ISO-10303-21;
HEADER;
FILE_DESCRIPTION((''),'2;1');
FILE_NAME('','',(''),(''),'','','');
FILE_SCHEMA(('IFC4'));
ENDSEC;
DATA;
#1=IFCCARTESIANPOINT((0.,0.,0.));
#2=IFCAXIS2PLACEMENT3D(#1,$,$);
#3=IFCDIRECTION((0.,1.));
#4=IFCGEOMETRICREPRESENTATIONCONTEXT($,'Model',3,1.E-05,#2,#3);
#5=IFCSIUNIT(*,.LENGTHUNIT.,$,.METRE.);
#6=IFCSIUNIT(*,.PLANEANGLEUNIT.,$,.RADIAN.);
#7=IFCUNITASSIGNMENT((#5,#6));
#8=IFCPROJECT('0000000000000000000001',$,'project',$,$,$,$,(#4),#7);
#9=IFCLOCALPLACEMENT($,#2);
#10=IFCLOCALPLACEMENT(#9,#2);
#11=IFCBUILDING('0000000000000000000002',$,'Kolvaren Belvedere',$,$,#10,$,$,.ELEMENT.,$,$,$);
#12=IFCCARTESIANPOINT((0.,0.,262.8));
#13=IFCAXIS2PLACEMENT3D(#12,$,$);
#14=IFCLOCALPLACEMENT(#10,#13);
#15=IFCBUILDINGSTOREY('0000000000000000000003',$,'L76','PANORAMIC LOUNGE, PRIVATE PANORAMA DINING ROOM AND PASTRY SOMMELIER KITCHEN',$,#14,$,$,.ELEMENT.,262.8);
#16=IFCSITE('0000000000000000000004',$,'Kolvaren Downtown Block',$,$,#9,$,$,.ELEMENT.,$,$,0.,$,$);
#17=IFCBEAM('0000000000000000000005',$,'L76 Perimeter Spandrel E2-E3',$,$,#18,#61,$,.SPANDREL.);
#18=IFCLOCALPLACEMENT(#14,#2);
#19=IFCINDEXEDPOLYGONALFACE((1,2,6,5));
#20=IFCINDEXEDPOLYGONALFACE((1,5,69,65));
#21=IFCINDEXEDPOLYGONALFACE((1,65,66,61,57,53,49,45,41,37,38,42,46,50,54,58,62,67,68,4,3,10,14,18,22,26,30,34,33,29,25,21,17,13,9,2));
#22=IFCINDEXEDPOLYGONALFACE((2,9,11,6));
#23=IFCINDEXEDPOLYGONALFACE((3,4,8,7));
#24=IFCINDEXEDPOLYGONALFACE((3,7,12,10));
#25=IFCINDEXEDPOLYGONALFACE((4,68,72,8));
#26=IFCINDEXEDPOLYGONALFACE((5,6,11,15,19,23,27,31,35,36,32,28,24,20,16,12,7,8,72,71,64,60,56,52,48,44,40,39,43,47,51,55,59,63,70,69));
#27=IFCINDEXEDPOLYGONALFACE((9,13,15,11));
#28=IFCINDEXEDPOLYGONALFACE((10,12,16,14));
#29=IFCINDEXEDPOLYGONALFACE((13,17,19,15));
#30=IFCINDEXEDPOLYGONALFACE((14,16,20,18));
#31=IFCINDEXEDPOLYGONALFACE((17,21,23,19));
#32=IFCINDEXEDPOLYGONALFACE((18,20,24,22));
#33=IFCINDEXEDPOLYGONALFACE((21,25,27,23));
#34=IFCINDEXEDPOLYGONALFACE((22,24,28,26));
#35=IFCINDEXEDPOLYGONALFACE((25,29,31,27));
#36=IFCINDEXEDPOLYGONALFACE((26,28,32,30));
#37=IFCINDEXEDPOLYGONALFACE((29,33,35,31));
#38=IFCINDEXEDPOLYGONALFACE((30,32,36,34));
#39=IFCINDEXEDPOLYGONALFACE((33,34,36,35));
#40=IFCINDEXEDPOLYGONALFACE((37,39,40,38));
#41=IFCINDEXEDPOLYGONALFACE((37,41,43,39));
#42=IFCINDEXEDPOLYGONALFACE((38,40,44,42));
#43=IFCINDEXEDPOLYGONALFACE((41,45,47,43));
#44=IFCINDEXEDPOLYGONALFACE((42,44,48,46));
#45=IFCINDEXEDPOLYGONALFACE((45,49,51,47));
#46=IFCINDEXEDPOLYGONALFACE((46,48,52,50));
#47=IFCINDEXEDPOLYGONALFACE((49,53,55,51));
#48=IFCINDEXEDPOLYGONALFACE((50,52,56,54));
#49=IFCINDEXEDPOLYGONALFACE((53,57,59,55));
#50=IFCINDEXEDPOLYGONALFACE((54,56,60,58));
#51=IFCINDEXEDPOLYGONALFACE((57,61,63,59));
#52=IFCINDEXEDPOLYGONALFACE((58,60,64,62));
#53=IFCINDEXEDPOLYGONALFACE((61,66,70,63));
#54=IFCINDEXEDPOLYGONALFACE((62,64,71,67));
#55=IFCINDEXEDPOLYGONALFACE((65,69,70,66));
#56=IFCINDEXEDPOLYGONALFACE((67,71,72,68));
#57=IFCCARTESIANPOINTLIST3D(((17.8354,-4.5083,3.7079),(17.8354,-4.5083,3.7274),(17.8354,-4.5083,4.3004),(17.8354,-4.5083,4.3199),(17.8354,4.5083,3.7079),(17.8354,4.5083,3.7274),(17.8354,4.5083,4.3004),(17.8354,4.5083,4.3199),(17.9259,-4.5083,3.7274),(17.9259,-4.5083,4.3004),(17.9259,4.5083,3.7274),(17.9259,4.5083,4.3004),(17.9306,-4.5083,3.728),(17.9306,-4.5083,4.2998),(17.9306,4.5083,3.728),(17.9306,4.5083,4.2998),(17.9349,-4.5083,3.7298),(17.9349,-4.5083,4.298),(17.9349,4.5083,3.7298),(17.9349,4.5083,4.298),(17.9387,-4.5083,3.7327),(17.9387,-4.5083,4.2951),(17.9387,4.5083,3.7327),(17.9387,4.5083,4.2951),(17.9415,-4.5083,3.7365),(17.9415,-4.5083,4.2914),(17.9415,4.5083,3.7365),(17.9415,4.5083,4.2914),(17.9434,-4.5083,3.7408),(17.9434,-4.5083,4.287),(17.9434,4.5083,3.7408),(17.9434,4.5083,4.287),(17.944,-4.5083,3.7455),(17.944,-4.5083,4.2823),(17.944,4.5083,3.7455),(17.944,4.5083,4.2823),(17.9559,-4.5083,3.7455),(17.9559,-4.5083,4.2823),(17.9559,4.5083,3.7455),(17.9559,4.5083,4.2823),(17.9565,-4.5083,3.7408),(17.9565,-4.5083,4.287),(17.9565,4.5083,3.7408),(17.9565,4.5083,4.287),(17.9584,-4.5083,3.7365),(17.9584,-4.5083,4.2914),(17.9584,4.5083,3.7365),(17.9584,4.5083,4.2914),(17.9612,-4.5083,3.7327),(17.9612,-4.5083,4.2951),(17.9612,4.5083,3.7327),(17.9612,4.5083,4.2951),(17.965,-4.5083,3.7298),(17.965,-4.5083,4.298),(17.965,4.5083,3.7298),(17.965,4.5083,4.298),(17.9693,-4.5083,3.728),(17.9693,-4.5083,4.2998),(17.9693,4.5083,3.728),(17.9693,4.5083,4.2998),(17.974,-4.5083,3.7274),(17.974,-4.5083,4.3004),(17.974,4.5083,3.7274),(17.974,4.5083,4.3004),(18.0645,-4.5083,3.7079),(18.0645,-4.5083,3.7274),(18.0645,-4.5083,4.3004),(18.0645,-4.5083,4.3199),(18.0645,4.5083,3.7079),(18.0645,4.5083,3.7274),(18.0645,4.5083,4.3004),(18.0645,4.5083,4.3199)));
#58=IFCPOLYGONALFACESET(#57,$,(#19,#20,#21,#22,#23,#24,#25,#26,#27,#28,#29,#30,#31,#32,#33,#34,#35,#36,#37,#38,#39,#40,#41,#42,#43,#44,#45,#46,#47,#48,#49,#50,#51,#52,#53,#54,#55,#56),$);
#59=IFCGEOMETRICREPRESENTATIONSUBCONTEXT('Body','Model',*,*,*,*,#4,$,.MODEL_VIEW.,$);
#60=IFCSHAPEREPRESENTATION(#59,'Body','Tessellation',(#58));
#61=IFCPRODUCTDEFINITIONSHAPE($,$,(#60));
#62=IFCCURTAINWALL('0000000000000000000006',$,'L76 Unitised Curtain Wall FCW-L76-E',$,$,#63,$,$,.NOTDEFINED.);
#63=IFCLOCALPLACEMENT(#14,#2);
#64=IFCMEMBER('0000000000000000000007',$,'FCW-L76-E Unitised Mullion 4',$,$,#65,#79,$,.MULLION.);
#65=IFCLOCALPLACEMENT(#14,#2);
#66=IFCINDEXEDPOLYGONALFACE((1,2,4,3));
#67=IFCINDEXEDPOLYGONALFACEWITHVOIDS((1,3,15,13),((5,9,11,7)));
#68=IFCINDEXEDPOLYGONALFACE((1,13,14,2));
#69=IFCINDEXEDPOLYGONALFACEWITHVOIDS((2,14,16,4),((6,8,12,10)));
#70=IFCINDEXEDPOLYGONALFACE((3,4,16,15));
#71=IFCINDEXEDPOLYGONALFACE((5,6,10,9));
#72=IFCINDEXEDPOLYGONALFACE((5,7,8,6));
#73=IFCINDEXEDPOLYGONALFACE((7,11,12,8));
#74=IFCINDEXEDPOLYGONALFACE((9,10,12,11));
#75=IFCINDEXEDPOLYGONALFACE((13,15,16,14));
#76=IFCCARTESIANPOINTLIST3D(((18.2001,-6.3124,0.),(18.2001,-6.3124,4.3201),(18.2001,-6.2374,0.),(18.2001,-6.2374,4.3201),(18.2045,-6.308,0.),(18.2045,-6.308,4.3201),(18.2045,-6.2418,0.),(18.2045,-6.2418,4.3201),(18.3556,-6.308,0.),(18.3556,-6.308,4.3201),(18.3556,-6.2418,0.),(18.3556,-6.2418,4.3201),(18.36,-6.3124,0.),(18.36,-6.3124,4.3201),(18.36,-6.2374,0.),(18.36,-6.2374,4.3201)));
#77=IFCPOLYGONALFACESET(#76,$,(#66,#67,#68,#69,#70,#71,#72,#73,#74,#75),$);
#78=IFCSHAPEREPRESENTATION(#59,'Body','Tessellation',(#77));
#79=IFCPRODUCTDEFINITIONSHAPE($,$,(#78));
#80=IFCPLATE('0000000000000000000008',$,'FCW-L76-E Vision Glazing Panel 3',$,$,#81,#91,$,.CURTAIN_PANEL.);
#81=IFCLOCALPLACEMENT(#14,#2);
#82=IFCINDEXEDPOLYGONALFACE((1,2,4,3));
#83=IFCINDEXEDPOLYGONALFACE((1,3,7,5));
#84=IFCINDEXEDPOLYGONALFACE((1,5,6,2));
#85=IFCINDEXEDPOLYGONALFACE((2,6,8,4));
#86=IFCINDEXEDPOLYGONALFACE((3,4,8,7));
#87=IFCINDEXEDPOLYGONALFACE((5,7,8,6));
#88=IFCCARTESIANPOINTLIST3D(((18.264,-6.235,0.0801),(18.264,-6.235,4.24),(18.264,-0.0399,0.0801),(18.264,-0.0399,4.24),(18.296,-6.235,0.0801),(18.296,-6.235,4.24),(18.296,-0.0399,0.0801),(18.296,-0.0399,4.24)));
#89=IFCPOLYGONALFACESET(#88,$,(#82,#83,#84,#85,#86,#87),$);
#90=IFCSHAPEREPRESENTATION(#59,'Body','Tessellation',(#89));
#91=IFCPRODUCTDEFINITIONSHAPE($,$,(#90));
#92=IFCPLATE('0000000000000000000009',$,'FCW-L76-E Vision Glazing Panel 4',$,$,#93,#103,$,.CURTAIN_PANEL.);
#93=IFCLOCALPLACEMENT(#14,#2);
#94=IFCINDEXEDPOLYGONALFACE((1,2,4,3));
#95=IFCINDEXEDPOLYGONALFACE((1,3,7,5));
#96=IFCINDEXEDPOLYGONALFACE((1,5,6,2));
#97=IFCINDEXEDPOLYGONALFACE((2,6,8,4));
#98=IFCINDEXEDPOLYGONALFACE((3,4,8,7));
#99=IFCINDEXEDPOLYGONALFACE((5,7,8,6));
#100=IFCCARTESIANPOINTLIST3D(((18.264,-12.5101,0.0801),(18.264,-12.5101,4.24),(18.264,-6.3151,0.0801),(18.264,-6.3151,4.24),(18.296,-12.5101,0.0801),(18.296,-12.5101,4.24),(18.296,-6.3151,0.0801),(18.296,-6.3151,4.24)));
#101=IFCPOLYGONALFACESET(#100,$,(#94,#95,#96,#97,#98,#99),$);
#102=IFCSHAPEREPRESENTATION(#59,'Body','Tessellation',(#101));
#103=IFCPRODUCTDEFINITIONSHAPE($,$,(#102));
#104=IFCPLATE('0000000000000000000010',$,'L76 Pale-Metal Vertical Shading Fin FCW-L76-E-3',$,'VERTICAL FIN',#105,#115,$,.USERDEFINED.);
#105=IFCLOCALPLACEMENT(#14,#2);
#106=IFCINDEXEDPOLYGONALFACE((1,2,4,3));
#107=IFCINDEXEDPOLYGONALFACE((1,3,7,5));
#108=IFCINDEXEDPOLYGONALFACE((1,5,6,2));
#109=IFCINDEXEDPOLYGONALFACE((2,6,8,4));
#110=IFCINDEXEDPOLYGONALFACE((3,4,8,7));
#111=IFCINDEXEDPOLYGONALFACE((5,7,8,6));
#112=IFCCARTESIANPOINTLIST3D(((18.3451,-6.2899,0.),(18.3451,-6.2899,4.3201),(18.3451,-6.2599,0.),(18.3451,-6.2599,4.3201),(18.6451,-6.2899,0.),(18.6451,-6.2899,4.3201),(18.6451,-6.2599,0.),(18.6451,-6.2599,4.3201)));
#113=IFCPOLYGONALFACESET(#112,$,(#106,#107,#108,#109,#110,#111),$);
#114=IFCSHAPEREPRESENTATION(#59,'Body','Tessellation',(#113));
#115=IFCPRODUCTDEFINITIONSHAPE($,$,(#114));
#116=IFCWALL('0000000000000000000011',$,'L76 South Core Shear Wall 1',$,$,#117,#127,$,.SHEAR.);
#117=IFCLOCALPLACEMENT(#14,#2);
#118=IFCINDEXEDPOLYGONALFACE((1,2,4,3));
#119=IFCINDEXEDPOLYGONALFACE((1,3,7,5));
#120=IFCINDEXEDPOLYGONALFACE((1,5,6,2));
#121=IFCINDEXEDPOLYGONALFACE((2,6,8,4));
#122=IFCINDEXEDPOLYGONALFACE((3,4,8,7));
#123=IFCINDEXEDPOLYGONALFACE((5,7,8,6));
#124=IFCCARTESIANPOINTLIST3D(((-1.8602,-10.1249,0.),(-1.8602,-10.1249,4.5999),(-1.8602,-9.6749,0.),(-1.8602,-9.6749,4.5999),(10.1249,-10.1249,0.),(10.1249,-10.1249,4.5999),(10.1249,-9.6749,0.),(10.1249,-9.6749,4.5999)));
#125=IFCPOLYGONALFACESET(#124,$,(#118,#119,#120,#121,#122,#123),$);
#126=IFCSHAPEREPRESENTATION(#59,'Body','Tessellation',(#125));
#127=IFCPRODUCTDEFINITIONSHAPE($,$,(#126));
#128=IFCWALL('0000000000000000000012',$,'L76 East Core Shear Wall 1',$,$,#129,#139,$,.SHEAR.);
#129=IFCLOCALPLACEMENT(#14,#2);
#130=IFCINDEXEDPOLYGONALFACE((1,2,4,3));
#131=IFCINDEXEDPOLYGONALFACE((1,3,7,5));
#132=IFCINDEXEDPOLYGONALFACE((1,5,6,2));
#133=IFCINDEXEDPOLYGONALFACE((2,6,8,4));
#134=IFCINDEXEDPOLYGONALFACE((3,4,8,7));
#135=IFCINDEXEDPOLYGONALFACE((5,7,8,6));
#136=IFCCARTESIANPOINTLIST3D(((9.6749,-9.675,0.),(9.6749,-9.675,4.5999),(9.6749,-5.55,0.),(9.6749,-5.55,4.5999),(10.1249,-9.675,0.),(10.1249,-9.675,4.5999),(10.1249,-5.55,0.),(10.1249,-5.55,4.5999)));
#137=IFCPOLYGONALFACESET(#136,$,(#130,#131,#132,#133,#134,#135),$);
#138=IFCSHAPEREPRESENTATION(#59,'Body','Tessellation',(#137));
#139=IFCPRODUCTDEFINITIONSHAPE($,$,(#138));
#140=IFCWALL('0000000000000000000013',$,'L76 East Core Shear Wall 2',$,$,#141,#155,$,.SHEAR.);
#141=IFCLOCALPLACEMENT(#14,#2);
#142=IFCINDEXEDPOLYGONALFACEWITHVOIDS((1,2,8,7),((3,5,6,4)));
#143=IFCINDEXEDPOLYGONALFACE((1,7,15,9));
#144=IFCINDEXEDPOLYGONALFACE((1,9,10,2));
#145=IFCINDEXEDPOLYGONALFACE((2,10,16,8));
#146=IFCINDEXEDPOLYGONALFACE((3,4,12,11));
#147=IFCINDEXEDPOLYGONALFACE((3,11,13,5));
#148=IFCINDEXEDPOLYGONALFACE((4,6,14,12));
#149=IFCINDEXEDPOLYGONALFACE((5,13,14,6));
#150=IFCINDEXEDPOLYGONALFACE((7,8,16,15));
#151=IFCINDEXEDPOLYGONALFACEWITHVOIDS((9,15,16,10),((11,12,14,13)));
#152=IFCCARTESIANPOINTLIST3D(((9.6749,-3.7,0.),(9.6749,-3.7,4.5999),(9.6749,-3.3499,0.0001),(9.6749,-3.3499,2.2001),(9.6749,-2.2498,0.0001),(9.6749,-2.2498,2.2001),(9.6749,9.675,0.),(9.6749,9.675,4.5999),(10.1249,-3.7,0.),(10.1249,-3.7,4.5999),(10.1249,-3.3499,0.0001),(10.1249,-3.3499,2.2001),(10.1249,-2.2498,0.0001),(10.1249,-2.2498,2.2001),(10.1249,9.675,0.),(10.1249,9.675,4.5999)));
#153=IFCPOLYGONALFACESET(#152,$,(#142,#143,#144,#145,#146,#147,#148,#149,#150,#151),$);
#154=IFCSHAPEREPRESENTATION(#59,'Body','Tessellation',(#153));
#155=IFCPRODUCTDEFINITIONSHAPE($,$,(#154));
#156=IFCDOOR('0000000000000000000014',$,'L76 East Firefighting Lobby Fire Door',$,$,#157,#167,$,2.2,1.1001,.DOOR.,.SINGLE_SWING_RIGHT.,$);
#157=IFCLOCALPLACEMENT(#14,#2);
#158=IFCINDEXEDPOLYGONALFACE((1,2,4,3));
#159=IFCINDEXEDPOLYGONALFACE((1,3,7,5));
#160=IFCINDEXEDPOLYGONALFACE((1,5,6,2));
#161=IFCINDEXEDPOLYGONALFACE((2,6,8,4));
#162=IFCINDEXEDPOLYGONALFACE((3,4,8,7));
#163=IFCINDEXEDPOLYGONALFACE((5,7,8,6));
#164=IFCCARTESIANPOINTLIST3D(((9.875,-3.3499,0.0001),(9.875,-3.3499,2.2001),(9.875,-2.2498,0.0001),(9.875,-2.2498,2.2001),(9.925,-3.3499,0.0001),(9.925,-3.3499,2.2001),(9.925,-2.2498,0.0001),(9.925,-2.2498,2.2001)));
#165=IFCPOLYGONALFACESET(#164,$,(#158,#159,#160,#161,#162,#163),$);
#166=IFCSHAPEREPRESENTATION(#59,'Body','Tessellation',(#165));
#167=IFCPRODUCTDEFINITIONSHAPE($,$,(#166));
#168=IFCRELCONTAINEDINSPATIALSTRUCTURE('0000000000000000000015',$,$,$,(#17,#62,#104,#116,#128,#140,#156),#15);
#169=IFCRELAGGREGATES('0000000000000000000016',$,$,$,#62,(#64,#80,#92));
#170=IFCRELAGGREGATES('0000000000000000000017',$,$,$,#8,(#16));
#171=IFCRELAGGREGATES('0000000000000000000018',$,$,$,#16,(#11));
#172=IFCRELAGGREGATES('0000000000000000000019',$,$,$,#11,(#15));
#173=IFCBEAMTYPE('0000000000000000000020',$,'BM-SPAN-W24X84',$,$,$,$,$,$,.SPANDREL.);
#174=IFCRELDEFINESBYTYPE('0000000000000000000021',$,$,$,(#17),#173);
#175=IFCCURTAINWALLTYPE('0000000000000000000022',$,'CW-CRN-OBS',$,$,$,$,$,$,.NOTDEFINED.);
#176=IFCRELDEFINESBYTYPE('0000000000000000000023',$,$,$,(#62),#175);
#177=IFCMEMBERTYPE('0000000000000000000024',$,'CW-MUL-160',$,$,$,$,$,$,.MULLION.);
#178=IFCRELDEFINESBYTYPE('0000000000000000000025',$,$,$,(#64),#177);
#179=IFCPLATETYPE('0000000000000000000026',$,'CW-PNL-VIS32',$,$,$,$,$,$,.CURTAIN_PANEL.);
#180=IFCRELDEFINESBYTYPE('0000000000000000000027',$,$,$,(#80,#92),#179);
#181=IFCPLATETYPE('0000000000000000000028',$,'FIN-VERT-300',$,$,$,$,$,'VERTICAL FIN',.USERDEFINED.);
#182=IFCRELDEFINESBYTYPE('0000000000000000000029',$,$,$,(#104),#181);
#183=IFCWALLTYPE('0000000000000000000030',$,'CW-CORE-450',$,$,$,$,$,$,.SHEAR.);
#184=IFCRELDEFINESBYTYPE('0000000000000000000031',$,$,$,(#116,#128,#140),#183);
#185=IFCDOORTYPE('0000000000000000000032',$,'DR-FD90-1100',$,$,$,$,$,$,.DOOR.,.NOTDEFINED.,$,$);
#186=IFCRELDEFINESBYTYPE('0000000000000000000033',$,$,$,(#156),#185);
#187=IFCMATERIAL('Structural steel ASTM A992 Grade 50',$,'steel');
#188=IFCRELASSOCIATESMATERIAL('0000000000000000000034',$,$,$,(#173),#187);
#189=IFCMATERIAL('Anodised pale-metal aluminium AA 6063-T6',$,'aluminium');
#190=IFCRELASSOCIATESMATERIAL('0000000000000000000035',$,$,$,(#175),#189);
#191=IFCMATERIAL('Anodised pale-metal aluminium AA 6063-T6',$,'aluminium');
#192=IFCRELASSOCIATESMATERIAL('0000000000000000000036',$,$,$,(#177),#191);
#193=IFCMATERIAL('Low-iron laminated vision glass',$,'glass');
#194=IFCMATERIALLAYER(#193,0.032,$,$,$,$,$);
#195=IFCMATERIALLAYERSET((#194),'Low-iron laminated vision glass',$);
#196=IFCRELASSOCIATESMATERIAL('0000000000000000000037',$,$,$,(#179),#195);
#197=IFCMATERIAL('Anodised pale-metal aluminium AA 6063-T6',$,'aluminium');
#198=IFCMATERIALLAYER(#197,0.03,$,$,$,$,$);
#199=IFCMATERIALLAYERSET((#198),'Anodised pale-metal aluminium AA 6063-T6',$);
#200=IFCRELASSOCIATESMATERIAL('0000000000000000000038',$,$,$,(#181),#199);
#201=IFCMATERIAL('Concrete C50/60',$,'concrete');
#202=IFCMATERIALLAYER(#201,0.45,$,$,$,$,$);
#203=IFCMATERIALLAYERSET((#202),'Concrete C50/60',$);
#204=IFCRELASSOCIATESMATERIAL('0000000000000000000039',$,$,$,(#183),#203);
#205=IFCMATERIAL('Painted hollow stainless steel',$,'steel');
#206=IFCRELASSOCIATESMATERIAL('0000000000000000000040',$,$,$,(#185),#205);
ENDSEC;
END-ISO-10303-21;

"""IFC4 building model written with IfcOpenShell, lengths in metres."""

from ifc_helpers import new_model, si_unit, direction, frame, frame_2d, origin, origin_2d, place, context, subcontext, project, spatial, rectangle, hollow_rectangle, i_section, extrude, material, layer, layer_set, material_profile, profile_set, type_object, element, fill, aggregate, save


model = new_model("IFC4")

# Units and contexts
model_context = context("Model", 3, precision=1e-05, world=origin(), true_north=direction((0.0, 1.0)))
body_context = subcontext(model_context, "Body", "Model", "MODEL_VIEW")
ifc_project = project(units=[si_unit("LENGTHUNIT", "METRE"), si_unit("PLANEANGLEUNIT", "RADIAN")], contexts=[model_context])

# Site, building, storey
site_placement = place(None, origin())
site = spatial("IfcSite", under=ifc_project, at=site_placement, Name="Kolvaren Downtown Block", CompositionType="ELEMENT", RefElevation=0.0)
building_placement = place(site_placement, origin())
building = spatial("IfcBuilding", under=site, at=building_placement, Name="Kolvaren Belvedere", CompositionType="ELEMENT")
storey_placement = place(building_placement, frame((0.0, 0.0, 262.8)))
storey = spatial("IfcBuildingStorey", under=building, at=storey_placement, Name="L76", Description="PANORAMIC LOUNGE, PRIVATE PANORAMA DINING ROOM AND PASTRY SOMMELIER KITCHEN", CompositionType="ELEMENT", Elevation=262.8)

# Beam
ifc_material_1 = material(Name="Structural steel ASTM A992 Grade 50", Category="steel")
ifc_material_profile_1 = material_profile(ifc_material_1, i_section(OverallWidth=0.229, OverallDepth=0.6121, WebThickness=0.012, FlangeThickness=0.0195, FilletRadius=0.0181, at=origin_2d()), Name="W24X84")
ifc_profile_set_1 = profile_set([ifc_material_profile_1], Name="Structural steel ASTM A992 Grade 50")
beam_type_1 = type_object("IfcBeamType", Name="BM-SPAN-W24X84", PredefinedType="SPANDREL", material=ifc_profile_set_1)
beam_1_placement = place(storey_placement, frame((17.95, -4.5083, 4.0139), z_axis=(0.0, 1.0, 0.0), x_axis=(-1.0, 0.0, 0.0)))
element("IfcBeam", 1, at=beam_1_placement, inside=storey, type_object=beam_type_1, Name="L76 Perimeter Spandrel E2-E3", PredefinedType="SPANDREL", context=body_context, shape_type="SweptSolid", body=[
    extrude(i_section(OverallWidth=0.229, OverallDepth=0.6121, WebThickness=0.012, FlangeThickness=0.0195, FilletRadius=0.0181, at=origin_2d()), origin(), (0.0, 0.0, 1.0), 9.0166),
])

# Curtain wall, member, plates
ifc_material_2 = material(Name="Anodised pale-metal aluminium AA 6063-T6", Category="aluminium")
curtain_wall_type = type_object("IfcCurtainWallType", Name="CW-CRN-OBS", PredefinedType="NOTDEFINED", material=ifc_material_2)
curtain_wall_placement = place(storey_placement, origin())
curtain_wall = element("IfcCurtainWall", 2, at=curtain_wall_placement, inside=storey, type_object=curtain_wall_type, Name="L76 Unitised Curtain Wall FCW-L76-E", PredefinedType="NOTDEFINED")
ifc_material_3 = material(Name="Anodised pale-metal aluminium AA 6063-T6", Category="aluminium")
ifc_material_profile_2 = material_profile(ifc_material_3, hollow_rectangle(XDim=0.075, YDim=0.1599, WallThickness=0.0044, at=origin_2d()), Name="ALU-MUL-160X75")
ifc_profile_set_2 = profile_set([ifc_material_profile_2], Name="Anodised pale-metal aluminium AA 6063-T6")
member_type = type_object("IfcMemberType", Name="CW-MUL-160", PredefinedType="MULLION", material=ifc_profile_set_2)
member_placement = place(storey_placement, frame((18.28, -6.2749, 0.0), z_axis=(0.0, 0.0, 1.0), x_axis=(0.0, 1.0, 0.0)))
member = element("IfcMember", 3, at=member_placement, type_object=member_type, Name="FCW-L76-E Unitised Mullion 4", PredefinedType="MULLION", context=body_context, shape_type="SweptSolid", body=[
    extrude(hollow_rectangle(XDim=0.075, YDim=0.1599, WallThickness=0.0044, at=origin_2d()), origin(), (0.0, 0.0, 1.0), 4.3201),
])
ifc_material_4 = material(Name="Low-iron laminated vision glass", Category="glass")
ifc_layer_1 = layer(ifc_material_4, 0.032)
ifc_layer_set_1 = layer_set([ifc_layer_1], Name="Low-iron laminated vision glass")
plate_type_1 = type_object("IfcPlateType", Name="CW-PNL-VIS32", PredefinedType="CURTAIN_PANEL", material=ifc_layer_set_1)
plate_1_placement = place(storey_placement, frame((18.28, -3.1375, 0.0801), z_axis=(0.0, 0.0, 1.0), x_axis=(0.0, -1.0, 0.0)))
plate_1 = element("IfcPlate", 4, at=plate_1_placement, type_object=plate_type_1, Name="FCW-L76-E Vision Glazing Panel 3", PredefinedType="CURTAIN_PANEL", context=body_context, shape_type="SweptSolid", body=[
    extrude(rectangle(XDim=6.1951, YDim=0.032, at=origin_2d()), origin(), (0.0, 0.0, 1.0), 4.1599),
])
plate_2_placement = place(storey_placement, frame((18.28, -9.4126, 0.0801), z_axis=(0.0, 0.0, 1.0), x_axis=(0.0, -1.0, 0.0)))
plate_2 = element("IfcPlate", 5, at=plate_2_placement, type_object=plate_type_1, Name="FCW-L76-E Vision Glazing Panel 4", PredefinedType="CURTAIN_PANEL", context=body_context, shape_type="SweptSolid", body=[
    extrude(rectangle(XDim=6.1951, YDim=0.032, at=origin_2d()), origin(), (0.0, 0.0, 1.0), 4.1599),
])
aggregate(curtain_wall, [member, plate_1, plate_2])

# Plate
ifc_material_5 = material(Name="Anodised pale-metal aluminium AA 6063-T6", Category="aluminium")
ifc_layer_2 = layer(ifc_material_5, 0.03)
ifc_layer_set_2 = layer_set([ifc_layer_2], Name="Anodised pale-metal aluminium AA 6063-T6")
plate_type_2 = type_object("IfcPlateType", Name="FIN-VERT-300", ElementType="VERTICAL FIN", PredefinedType="USERDEFINED", material=ifc_layer_set_2)
plate_3_placement = place(storey_placement, frame((18.4951, -6.2749, 0.0), z_axis=(0.0, 0.0, 1.0), x_axis=(1.0, 0.0, 0.0)))
element("IfcPlate", 6, at=plate_3_placement, inside=storey, type_object=plate_type_2, Name="L76 Pale-Metal Vertical Shading Fin FCW-L76-E-3", ObjectType="VERTICAL FIN", PredefinedType="USERDEFINED", context=body_context, shape_type="SweptSolid", body=[
    extrude(rectangle(XDim=0.3, YDim=0.03, at=origin_2d()), origin(), (0.0, 0.0, 1.0), 4.3201),
])

# Walls
ifc_material_6 = material(Name="Concrete C50/60", Category="concrete")
ifc_layer_3 = layer(ifc_material_6, 0.45)
ifc_layer_set_3 = layer_set([ifc_layer_3], Name="Concrete C50/60")
wall_type_1 = type_object("IfcWallType", Name="CW-CORE-450", PredefinedType="SHEAR", material=ifc_layer_set_3)
wall_1_placement = place(storey_placement, frame((10.125, -9.8999, 0.0), z_axis=(0.0, 0.0, 1.0), x_axis=(-1.0, 0.0, 0.0)))
element("IfcWall", 7, at=wall_1_placement, inside=storey, type_object=wall_type_1, Name="L76 South Core Shear Wall 1", PredefinedType="SHEAR", context=body_context, shape_type="SweptSolid", body=[
    extrude(rectangle(XDim=11.9851, YDim=0.45, at=frame_2d((5.9927, 0.0))), origin(), (0.0, 0.0, 1.0), 4.5999),
])
wall_2_placement = place(storey_placement, frame((9.8999, -9.675, 0.0), z_axis=(0.0, 0.0, 1.0), x_axis=(0.0, 1.0, 0.0)))
element("IfcWall", 8, at=wall_2_placement, inside=storey, type_object=wall_type_1, Name="L76 East Core Shear Wall 1", PredefinedType="SHEAR", context=body_context, shape_type="SweptSolid", body=[
    extrude(rectangle(XDim=4.125, YDim=0.45, at=frame_2d((2.0625, 0.0))), origin(), (0.0, 0.0, 1.0), 4.5999),
])

# Wall, opening, door
wall_3_placement = place(storey_placement, frame((9.8999, -3.7, 0.0), z_axis=(0.0, 0.0, 1.0), x_axis=(0.0, 1.0, 0.0)))
wall_3 = element("IfcWall", 9, at=wall_3_placement, inside=storey, type_object=wall_type_1, Name="L76 East Core Shear Wall 2", PredefinedType="SHEAR", context=body_context, shape_type="SweptSolid", body=[
    extrude(rectangle(XDim=13.375, YDim=0.45, at=frame_2d((6.6875, 0.0))), origin(), (0.0, 0.0, 1.0), 4.5999),
])
opening_1_placement = place(wall_3_placement, frame((0.3501, 0.0, 0.0)))
opening_1 = element("IfcOpeningElement", 10, at=opening_1_placement, cuts=wall_3, PredefinedType="OPENING", context=body_context, shape_type="SweptSolid", body=[
    extrude(rectangle(XDim=1.1001, YDim=2.2, at=frame_2d((0.55, 1.1001))), frame((0.0, 0.2349, 0.0), z_axis=(0.0, -1.0, 0.0), x_axis=(1.0, 0.0, 0.0)), (0.0, 0.0, 1.0), 0.47),
])
ifc_material_7 = material(Name="Painted hollow stainless steel", Category="steel")
door_type_1 = type_object("IfcDoorType", Name="DR-FD90-1100", OperationType="NOTDEFINED", PredefinedType="DOOR", material=ifc_material_7)
door_1_placement = place(opening_1_placement, origin())
door_1 = element("IfcDoor", 11, at=door_1_placement, inside=storey, type_object=door_type_1, Name="L76 East Firefighting Lobby Fire Door", OperationType="SINGLE_SWING_RIGHT", OverallHeight=2.2, OverallWidth=1.1001, PredefinedType="DOOR", context=body_context, shape_type="SweptSolid", body=[
    extrude(rectangle(XDim=1.1001, YDim=2.2, at=frame_2d((0.55, 1.1001))), frame((0.0, 0.0249, 0.0), z_axis=(0.0, -1.0, 0.0), x_axis=(1.0, 0.0, 0.0)), (0.0, 0.0, 1.0), 0.05),
])
fill(opening_1, door_1)

save(model, "model.ifc")
